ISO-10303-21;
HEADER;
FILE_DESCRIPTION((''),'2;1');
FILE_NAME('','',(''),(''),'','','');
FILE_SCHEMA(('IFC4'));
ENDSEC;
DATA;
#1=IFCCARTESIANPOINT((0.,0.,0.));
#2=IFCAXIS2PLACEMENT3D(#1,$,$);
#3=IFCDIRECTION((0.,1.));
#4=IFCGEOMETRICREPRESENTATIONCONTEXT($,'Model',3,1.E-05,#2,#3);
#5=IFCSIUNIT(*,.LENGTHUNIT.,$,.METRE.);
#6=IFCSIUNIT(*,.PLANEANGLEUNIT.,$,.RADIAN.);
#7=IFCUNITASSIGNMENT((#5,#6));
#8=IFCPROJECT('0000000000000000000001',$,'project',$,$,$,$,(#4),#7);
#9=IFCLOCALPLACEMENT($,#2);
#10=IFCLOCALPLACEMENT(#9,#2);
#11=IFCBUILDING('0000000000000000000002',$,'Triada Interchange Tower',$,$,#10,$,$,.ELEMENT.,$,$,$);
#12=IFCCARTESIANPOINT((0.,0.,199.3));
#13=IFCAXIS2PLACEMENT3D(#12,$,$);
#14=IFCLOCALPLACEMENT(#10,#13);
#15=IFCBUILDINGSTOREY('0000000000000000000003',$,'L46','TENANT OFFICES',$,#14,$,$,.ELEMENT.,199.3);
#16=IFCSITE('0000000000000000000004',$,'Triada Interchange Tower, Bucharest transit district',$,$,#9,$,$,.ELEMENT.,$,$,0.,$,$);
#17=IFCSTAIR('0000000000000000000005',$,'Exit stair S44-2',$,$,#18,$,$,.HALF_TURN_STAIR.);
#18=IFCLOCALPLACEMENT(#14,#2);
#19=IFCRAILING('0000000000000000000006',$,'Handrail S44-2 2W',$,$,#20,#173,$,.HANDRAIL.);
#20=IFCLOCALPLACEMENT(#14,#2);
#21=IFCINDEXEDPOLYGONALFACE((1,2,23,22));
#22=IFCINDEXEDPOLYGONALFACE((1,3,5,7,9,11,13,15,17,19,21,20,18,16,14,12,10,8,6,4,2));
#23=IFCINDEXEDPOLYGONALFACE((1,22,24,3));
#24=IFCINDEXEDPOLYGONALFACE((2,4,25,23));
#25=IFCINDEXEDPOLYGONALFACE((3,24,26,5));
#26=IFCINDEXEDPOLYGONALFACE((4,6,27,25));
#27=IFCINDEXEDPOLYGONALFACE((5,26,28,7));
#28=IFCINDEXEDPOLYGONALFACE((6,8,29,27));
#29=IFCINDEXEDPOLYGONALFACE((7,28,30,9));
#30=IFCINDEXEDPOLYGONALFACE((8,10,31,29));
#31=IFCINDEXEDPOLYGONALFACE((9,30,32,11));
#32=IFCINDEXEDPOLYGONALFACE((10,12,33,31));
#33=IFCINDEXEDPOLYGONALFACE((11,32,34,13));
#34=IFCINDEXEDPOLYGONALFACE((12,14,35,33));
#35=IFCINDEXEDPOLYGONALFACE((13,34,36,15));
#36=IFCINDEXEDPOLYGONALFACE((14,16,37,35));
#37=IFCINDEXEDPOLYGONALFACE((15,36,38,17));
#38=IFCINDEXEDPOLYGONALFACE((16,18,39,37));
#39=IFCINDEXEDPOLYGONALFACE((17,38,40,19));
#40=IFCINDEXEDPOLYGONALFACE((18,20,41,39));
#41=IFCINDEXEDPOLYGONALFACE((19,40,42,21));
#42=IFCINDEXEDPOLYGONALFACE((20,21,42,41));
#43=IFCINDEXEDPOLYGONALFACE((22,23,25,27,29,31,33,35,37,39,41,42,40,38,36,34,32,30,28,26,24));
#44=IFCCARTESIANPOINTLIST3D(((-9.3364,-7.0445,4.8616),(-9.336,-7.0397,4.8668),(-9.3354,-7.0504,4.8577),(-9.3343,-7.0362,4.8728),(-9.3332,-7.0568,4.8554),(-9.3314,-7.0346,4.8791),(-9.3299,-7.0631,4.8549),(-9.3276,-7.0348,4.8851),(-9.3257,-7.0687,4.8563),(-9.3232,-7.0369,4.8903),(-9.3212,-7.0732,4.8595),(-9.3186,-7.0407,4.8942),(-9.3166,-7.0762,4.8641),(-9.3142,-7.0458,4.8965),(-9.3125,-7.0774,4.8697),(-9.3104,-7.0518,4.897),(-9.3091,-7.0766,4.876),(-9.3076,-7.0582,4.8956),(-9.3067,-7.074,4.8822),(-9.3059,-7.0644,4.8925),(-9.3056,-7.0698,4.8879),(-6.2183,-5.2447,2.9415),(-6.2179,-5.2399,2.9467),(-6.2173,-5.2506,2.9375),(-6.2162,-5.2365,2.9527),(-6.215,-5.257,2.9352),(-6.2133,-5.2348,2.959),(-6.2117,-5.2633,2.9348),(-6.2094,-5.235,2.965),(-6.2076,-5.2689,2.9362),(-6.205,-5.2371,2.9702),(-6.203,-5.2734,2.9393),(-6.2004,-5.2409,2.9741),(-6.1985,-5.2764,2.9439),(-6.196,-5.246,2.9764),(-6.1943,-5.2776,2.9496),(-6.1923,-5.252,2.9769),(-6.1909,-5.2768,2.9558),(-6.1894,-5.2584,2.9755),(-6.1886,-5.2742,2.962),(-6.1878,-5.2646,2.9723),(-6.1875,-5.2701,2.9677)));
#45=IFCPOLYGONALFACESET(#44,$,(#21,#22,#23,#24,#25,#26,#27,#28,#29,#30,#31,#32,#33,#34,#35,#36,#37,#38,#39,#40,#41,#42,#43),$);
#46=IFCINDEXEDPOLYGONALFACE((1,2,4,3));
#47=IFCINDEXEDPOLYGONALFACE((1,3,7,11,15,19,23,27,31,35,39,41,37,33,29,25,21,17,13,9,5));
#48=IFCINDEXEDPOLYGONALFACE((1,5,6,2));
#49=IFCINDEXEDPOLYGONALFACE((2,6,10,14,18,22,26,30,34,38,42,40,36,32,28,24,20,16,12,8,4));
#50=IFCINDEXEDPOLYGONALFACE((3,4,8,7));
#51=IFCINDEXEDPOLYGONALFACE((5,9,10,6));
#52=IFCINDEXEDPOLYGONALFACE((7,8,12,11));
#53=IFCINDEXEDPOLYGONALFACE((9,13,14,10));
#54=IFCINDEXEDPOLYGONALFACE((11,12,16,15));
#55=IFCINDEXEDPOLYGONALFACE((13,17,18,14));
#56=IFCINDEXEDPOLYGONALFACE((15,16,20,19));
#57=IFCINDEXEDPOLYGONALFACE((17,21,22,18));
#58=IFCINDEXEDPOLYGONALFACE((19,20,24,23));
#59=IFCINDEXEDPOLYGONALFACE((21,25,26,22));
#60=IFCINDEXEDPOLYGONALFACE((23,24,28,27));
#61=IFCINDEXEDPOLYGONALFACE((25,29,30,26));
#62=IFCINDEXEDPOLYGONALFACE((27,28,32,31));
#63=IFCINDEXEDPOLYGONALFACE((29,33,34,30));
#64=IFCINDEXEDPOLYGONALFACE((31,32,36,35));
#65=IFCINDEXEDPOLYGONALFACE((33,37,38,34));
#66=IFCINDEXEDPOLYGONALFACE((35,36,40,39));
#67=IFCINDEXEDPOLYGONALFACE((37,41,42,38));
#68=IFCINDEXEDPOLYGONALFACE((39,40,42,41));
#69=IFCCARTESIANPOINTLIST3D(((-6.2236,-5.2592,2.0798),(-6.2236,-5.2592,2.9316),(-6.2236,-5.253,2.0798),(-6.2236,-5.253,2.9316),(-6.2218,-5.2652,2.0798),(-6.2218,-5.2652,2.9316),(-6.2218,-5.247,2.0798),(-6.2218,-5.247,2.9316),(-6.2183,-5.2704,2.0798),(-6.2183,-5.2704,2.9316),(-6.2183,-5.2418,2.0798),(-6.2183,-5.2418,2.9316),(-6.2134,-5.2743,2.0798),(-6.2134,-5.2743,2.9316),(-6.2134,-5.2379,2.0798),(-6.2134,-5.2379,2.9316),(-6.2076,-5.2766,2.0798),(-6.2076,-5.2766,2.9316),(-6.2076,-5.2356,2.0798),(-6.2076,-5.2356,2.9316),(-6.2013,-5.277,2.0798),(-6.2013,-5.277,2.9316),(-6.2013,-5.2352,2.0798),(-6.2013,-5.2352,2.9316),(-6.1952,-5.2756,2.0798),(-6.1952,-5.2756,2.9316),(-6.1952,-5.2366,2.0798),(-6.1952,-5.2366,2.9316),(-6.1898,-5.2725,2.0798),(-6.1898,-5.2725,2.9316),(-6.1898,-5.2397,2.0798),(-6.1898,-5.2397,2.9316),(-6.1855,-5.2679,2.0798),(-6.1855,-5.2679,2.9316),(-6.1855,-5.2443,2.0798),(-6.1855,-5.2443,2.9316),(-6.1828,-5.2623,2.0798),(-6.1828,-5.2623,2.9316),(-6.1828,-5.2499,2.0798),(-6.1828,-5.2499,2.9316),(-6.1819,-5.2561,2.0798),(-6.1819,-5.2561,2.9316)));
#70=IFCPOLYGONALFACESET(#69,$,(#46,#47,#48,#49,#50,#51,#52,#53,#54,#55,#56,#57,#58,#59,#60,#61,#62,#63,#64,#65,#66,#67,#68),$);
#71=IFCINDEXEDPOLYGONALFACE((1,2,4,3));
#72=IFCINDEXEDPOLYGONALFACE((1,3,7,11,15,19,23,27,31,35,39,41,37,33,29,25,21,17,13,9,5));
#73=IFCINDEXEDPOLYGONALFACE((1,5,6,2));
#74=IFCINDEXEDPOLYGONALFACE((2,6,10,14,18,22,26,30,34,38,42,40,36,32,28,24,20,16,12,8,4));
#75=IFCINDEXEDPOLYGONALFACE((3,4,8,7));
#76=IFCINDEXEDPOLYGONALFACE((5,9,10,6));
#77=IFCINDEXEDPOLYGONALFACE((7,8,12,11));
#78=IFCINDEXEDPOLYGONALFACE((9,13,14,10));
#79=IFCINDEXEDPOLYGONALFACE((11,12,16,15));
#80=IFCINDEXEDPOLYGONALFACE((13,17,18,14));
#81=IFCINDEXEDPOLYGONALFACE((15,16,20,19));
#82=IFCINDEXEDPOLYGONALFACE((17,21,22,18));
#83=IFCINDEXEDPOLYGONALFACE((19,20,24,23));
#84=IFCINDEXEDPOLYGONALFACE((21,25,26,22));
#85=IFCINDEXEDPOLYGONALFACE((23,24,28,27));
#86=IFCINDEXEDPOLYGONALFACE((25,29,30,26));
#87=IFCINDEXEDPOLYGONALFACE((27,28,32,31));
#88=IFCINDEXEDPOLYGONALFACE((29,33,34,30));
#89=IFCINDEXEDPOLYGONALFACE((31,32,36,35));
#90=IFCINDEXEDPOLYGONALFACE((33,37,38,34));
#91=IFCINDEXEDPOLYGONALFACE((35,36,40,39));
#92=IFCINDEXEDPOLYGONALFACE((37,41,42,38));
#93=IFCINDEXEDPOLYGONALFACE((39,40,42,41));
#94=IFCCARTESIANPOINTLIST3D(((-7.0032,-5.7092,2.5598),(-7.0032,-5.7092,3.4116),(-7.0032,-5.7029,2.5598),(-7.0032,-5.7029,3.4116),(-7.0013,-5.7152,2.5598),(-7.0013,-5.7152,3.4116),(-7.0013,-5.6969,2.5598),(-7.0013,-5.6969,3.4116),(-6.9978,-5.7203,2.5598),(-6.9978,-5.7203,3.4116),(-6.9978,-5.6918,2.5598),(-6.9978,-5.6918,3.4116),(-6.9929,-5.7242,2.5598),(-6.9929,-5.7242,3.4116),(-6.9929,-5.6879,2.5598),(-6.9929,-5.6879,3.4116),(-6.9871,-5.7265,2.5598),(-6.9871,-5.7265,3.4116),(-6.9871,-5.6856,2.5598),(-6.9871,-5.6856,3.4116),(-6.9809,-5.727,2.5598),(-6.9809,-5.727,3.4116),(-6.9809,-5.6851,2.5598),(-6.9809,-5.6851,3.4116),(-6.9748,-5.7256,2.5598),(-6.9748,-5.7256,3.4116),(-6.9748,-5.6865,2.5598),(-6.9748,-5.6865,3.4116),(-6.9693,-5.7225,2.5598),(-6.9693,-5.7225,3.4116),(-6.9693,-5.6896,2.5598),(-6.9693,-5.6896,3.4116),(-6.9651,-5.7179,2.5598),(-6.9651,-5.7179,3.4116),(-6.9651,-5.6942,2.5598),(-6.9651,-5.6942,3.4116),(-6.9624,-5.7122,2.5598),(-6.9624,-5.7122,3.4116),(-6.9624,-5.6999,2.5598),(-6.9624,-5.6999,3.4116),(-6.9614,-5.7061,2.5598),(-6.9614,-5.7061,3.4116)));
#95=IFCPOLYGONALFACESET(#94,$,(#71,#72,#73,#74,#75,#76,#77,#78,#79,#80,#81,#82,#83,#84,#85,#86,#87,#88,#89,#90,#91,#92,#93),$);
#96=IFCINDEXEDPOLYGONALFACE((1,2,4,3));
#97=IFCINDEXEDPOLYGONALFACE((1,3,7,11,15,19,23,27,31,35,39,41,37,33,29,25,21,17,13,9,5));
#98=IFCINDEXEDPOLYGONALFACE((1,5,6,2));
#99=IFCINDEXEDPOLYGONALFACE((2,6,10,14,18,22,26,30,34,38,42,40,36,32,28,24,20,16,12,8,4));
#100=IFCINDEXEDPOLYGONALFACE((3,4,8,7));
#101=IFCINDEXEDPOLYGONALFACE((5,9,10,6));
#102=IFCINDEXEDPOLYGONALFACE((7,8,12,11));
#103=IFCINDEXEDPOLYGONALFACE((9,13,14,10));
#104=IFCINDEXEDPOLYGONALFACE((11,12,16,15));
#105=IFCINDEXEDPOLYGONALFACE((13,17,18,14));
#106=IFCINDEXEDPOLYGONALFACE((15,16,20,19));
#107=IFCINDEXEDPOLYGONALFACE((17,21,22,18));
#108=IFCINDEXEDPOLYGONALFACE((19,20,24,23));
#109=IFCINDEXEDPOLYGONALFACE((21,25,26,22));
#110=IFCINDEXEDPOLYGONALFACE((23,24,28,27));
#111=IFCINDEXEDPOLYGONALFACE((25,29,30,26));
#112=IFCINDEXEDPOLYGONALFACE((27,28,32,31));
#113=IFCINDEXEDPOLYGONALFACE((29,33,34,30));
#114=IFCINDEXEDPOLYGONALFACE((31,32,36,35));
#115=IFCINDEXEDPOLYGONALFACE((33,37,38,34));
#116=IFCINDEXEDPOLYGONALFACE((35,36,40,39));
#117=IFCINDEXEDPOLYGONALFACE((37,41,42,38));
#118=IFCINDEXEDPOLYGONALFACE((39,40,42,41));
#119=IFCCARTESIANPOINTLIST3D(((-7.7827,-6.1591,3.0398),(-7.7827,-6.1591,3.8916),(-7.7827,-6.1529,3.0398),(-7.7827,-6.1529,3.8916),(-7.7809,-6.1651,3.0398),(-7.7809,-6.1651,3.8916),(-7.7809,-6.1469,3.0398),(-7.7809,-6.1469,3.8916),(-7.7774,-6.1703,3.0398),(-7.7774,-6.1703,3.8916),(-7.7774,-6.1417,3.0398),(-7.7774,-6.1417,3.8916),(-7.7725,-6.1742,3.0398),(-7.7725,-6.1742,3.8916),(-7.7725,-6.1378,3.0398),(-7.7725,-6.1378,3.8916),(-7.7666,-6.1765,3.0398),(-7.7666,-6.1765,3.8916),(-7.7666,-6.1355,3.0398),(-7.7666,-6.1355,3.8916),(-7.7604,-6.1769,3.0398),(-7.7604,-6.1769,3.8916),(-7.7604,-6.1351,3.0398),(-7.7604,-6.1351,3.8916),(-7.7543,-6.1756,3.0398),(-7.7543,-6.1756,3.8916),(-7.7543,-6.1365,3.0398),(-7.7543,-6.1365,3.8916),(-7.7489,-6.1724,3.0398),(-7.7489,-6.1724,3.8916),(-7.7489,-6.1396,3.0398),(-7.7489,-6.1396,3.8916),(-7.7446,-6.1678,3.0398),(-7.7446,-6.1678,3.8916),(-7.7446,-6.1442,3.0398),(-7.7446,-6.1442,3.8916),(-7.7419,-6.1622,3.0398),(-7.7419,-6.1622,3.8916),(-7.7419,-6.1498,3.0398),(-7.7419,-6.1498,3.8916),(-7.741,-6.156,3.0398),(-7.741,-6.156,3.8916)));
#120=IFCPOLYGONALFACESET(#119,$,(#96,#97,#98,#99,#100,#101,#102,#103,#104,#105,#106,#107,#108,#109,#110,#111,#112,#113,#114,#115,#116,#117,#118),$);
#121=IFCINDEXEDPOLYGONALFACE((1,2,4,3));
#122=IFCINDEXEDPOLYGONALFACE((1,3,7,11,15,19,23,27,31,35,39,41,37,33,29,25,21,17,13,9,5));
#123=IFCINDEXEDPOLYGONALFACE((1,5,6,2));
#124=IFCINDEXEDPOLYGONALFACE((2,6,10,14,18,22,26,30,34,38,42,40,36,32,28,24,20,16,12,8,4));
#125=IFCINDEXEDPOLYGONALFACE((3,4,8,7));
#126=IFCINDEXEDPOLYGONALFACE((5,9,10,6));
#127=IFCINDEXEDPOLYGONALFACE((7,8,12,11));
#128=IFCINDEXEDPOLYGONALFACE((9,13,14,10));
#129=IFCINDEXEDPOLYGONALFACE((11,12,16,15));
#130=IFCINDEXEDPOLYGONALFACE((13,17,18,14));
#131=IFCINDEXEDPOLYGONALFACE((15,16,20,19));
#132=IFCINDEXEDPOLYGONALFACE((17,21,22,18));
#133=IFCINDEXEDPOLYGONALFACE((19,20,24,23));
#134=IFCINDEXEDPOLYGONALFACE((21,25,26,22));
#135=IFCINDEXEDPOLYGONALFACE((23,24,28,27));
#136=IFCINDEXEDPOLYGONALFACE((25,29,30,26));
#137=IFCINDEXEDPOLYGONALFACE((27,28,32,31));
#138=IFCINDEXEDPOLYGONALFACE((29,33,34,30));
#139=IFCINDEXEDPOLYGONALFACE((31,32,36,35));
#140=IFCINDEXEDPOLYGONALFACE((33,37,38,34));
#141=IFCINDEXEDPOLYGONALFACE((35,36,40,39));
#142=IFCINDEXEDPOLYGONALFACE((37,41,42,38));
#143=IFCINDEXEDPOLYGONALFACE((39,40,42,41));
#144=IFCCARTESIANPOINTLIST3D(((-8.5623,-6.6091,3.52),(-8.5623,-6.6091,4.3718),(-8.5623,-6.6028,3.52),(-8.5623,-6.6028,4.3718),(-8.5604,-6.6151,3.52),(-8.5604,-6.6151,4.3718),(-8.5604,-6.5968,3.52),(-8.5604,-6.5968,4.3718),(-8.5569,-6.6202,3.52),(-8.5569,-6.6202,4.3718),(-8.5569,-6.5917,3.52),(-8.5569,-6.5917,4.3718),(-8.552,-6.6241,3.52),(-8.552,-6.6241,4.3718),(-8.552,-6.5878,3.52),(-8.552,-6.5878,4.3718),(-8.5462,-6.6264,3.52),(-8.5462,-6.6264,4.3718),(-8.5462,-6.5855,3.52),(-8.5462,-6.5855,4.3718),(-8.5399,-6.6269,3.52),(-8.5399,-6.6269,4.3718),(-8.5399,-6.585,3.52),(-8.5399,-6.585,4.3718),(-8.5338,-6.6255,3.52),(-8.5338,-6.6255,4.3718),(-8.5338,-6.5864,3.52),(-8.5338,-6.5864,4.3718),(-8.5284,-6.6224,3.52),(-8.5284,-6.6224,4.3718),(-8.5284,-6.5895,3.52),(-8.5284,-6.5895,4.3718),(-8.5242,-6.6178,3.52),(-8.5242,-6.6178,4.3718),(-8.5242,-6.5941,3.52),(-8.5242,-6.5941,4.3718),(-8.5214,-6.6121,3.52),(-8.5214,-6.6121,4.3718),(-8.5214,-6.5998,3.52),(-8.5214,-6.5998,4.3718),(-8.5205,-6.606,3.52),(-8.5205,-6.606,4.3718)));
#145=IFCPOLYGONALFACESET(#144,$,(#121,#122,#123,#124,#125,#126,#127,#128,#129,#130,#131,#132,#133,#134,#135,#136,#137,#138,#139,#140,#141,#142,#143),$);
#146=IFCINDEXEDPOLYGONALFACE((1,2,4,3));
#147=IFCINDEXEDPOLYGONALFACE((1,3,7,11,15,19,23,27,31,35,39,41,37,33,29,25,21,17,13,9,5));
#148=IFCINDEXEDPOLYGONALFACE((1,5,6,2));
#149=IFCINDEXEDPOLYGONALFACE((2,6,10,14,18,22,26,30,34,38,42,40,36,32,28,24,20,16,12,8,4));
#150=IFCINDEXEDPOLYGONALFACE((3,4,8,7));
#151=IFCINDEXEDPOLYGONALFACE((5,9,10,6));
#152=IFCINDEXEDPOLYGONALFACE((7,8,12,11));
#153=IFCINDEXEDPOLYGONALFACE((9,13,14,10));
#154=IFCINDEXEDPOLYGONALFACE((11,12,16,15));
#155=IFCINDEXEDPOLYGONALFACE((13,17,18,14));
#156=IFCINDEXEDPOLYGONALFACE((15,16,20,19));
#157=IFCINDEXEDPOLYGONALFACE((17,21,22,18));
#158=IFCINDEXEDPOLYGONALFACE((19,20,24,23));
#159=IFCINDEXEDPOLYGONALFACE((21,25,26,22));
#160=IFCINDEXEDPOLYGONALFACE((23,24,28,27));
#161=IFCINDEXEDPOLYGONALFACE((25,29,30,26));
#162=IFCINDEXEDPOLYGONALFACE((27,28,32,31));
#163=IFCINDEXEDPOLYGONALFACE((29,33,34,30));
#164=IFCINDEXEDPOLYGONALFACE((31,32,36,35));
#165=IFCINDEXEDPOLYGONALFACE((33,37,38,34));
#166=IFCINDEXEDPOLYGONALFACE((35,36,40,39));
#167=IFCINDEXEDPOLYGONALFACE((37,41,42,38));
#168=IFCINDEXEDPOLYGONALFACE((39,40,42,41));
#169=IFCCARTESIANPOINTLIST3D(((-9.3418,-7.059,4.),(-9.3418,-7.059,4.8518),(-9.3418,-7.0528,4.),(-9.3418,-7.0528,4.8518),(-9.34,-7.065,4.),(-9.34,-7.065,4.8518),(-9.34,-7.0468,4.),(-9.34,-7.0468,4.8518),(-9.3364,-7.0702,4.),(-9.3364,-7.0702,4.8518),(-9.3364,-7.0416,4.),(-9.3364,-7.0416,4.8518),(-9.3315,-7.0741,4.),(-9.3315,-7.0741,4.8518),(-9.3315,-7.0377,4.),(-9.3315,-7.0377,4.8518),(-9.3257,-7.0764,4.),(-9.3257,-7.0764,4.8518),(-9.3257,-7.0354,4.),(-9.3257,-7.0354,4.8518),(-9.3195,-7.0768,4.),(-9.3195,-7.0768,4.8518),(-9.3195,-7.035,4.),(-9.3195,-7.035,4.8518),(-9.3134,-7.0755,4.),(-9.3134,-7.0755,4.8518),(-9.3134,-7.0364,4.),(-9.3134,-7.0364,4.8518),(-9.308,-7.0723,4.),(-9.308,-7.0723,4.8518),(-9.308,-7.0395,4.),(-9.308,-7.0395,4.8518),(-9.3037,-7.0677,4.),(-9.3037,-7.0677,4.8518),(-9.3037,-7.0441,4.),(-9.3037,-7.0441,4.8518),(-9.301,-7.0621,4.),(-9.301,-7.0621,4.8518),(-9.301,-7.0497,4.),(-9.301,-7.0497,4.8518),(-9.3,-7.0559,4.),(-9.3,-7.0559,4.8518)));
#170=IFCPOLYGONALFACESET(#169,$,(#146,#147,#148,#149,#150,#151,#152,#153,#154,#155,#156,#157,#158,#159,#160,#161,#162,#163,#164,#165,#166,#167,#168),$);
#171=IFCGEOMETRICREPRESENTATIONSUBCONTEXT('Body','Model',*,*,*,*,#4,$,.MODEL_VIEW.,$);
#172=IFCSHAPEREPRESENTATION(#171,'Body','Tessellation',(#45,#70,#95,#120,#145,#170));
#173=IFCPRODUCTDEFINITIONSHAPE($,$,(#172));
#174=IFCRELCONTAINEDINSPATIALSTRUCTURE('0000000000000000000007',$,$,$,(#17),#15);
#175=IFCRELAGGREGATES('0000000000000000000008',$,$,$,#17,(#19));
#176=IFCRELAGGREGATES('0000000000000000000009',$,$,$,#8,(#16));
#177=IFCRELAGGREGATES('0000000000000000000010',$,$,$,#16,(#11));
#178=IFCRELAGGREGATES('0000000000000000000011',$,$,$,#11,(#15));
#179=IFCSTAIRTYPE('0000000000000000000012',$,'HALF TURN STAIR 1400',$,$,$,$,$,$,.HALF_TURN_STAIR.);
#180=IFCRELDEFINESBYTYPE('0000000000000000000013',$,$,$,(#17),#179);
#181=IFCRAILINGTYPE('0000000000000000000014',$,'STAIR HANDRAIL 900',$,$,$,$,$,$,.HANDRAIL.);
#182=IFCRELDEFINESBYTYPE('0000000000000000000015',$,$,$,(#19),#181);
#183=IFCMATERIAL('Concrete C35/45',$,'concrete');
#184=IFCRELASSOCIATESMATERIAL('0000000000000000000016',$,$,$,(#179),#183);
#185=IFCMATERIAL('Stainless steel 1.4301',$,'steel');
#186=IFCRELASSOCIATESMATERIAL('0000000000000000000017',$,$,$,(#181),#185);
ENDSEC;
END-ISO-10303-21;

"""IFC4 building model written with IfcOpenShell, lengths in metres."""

from ifc_helpers import new_model, si_unit, direction, frame, origin, origin_2d, place, context, subcontext, project, spatial, circle, extrude, material, type_object, element, aggregate, save


model = new_model("IFC4")

# Units and contexts
model_context = context("Model", 3, precision=1e-05, world=origin(), true_north=direction((0.0, 1.0)))
body_context = subcontext(model_context, "Body", "Model", "MODEL_VIEW")
ifc_project = project(units=[si_unit("LENGTHUNIT", "METRE"), si_unit("PLANEANGLEUNIT", "RADIAN")], contexts=[model_context])

# Site, building, storey
site_placement = place(None, origin())
site = spatial("IfcSite", under=ifc_project, at=site_placement, Name="Triada Interchange Tower, Bucharest transit district", CompositionType="ELEMENT", RefElevation=0.0)
building_placement = place(site_placement, origin())
building = spatial("IfcBuilding", under=site, at=building_placement, Name="Triada Interchange Tower", CompositionType="ELEMENT")
storey_placement = place(building_placement, frame((0.0, 0.0, 199.3)))
storey = spatial("IfcBuildingStorey", under=building, at=storey_placement, Name="L46", Description="TENANT OFFICES", CompositionType="ELEMENT", Elevation=199.3)

# Stair
ifc_material_1 = material(Name="Concrete C35/45", Category="concrete")
stair_type = type_object("IfcStairType", Name="HALF TURN STAIR 1400", PredefinedType="HALF_TURN_STAIR", material=ifc_material_1)
stair_placement = place(storey_placement, origin())
stair = element("IfcStair", 1, at=stair_placement, inside=storey, type_object=stair_type, Name="Exit stair S44-2", PredefinedType="HALF_TURN_STAIR")

# Railing
ifc_material_2 = material(Name="Stainless steel 1.4301", Category="steel")
railing_type = type_object("IfcRailingType", Name="STAIR HANDRAIL 900", PredefinedType="HANDRAIL", material=ifc_material_2)
railing_1_placement = place(storey_placement, frame((-6.2029, -5.2561, 2.0798)))
railing_1 = element("IfcRailing", 2, at=railing_1_placement, type_object=railing_type, Name="Handrail S44-2 2W", PredefinedType="HANDRAIL", context=body_context, shape_type="SweptSolid", body=[
    extrude(circle(Radius=0.0239, at=origin_2d()), frame((0.0, 0.0, 0.876), z_axis=(-0.76419, -0.44109, 0.470588), x_axis=(0.499902, -0.866082, 0.0)), (0.0, 0.0, 1.0), 4.0803),
    extrude(circle(Radius=0.021, at=origin_2d()), origin(), (0.0, 0.0, 1.0), 0.8518),
    extrude(circle(Radius=0.021, at=origin_2d()), frame((-0.7795, -0.45, 0.48)), (0.0, 0.0, 1.0), 0.8518),
    extrude(circle(Radius=0.021, at=origin_2d()), frame((-1.5591, -0.8999, 0.96)), (0.0, 0.0, 1.0), 0.8518),
    extrude(circle(Radius=0.021, at=origin_2d()), frame((-2.3386, -1.3499, 1.4402)), (0.0, 0.0, 1.0), 0.8518),
    extrude(circle(Radius=0.021, at=origin_2d()), frame((-3.1182, -1.7998, 1.9202)), (0.0, 0.0, 1.0), 0.8518),
])
aggregate(stair, [railing_1])

save(model, "model.ifc")
